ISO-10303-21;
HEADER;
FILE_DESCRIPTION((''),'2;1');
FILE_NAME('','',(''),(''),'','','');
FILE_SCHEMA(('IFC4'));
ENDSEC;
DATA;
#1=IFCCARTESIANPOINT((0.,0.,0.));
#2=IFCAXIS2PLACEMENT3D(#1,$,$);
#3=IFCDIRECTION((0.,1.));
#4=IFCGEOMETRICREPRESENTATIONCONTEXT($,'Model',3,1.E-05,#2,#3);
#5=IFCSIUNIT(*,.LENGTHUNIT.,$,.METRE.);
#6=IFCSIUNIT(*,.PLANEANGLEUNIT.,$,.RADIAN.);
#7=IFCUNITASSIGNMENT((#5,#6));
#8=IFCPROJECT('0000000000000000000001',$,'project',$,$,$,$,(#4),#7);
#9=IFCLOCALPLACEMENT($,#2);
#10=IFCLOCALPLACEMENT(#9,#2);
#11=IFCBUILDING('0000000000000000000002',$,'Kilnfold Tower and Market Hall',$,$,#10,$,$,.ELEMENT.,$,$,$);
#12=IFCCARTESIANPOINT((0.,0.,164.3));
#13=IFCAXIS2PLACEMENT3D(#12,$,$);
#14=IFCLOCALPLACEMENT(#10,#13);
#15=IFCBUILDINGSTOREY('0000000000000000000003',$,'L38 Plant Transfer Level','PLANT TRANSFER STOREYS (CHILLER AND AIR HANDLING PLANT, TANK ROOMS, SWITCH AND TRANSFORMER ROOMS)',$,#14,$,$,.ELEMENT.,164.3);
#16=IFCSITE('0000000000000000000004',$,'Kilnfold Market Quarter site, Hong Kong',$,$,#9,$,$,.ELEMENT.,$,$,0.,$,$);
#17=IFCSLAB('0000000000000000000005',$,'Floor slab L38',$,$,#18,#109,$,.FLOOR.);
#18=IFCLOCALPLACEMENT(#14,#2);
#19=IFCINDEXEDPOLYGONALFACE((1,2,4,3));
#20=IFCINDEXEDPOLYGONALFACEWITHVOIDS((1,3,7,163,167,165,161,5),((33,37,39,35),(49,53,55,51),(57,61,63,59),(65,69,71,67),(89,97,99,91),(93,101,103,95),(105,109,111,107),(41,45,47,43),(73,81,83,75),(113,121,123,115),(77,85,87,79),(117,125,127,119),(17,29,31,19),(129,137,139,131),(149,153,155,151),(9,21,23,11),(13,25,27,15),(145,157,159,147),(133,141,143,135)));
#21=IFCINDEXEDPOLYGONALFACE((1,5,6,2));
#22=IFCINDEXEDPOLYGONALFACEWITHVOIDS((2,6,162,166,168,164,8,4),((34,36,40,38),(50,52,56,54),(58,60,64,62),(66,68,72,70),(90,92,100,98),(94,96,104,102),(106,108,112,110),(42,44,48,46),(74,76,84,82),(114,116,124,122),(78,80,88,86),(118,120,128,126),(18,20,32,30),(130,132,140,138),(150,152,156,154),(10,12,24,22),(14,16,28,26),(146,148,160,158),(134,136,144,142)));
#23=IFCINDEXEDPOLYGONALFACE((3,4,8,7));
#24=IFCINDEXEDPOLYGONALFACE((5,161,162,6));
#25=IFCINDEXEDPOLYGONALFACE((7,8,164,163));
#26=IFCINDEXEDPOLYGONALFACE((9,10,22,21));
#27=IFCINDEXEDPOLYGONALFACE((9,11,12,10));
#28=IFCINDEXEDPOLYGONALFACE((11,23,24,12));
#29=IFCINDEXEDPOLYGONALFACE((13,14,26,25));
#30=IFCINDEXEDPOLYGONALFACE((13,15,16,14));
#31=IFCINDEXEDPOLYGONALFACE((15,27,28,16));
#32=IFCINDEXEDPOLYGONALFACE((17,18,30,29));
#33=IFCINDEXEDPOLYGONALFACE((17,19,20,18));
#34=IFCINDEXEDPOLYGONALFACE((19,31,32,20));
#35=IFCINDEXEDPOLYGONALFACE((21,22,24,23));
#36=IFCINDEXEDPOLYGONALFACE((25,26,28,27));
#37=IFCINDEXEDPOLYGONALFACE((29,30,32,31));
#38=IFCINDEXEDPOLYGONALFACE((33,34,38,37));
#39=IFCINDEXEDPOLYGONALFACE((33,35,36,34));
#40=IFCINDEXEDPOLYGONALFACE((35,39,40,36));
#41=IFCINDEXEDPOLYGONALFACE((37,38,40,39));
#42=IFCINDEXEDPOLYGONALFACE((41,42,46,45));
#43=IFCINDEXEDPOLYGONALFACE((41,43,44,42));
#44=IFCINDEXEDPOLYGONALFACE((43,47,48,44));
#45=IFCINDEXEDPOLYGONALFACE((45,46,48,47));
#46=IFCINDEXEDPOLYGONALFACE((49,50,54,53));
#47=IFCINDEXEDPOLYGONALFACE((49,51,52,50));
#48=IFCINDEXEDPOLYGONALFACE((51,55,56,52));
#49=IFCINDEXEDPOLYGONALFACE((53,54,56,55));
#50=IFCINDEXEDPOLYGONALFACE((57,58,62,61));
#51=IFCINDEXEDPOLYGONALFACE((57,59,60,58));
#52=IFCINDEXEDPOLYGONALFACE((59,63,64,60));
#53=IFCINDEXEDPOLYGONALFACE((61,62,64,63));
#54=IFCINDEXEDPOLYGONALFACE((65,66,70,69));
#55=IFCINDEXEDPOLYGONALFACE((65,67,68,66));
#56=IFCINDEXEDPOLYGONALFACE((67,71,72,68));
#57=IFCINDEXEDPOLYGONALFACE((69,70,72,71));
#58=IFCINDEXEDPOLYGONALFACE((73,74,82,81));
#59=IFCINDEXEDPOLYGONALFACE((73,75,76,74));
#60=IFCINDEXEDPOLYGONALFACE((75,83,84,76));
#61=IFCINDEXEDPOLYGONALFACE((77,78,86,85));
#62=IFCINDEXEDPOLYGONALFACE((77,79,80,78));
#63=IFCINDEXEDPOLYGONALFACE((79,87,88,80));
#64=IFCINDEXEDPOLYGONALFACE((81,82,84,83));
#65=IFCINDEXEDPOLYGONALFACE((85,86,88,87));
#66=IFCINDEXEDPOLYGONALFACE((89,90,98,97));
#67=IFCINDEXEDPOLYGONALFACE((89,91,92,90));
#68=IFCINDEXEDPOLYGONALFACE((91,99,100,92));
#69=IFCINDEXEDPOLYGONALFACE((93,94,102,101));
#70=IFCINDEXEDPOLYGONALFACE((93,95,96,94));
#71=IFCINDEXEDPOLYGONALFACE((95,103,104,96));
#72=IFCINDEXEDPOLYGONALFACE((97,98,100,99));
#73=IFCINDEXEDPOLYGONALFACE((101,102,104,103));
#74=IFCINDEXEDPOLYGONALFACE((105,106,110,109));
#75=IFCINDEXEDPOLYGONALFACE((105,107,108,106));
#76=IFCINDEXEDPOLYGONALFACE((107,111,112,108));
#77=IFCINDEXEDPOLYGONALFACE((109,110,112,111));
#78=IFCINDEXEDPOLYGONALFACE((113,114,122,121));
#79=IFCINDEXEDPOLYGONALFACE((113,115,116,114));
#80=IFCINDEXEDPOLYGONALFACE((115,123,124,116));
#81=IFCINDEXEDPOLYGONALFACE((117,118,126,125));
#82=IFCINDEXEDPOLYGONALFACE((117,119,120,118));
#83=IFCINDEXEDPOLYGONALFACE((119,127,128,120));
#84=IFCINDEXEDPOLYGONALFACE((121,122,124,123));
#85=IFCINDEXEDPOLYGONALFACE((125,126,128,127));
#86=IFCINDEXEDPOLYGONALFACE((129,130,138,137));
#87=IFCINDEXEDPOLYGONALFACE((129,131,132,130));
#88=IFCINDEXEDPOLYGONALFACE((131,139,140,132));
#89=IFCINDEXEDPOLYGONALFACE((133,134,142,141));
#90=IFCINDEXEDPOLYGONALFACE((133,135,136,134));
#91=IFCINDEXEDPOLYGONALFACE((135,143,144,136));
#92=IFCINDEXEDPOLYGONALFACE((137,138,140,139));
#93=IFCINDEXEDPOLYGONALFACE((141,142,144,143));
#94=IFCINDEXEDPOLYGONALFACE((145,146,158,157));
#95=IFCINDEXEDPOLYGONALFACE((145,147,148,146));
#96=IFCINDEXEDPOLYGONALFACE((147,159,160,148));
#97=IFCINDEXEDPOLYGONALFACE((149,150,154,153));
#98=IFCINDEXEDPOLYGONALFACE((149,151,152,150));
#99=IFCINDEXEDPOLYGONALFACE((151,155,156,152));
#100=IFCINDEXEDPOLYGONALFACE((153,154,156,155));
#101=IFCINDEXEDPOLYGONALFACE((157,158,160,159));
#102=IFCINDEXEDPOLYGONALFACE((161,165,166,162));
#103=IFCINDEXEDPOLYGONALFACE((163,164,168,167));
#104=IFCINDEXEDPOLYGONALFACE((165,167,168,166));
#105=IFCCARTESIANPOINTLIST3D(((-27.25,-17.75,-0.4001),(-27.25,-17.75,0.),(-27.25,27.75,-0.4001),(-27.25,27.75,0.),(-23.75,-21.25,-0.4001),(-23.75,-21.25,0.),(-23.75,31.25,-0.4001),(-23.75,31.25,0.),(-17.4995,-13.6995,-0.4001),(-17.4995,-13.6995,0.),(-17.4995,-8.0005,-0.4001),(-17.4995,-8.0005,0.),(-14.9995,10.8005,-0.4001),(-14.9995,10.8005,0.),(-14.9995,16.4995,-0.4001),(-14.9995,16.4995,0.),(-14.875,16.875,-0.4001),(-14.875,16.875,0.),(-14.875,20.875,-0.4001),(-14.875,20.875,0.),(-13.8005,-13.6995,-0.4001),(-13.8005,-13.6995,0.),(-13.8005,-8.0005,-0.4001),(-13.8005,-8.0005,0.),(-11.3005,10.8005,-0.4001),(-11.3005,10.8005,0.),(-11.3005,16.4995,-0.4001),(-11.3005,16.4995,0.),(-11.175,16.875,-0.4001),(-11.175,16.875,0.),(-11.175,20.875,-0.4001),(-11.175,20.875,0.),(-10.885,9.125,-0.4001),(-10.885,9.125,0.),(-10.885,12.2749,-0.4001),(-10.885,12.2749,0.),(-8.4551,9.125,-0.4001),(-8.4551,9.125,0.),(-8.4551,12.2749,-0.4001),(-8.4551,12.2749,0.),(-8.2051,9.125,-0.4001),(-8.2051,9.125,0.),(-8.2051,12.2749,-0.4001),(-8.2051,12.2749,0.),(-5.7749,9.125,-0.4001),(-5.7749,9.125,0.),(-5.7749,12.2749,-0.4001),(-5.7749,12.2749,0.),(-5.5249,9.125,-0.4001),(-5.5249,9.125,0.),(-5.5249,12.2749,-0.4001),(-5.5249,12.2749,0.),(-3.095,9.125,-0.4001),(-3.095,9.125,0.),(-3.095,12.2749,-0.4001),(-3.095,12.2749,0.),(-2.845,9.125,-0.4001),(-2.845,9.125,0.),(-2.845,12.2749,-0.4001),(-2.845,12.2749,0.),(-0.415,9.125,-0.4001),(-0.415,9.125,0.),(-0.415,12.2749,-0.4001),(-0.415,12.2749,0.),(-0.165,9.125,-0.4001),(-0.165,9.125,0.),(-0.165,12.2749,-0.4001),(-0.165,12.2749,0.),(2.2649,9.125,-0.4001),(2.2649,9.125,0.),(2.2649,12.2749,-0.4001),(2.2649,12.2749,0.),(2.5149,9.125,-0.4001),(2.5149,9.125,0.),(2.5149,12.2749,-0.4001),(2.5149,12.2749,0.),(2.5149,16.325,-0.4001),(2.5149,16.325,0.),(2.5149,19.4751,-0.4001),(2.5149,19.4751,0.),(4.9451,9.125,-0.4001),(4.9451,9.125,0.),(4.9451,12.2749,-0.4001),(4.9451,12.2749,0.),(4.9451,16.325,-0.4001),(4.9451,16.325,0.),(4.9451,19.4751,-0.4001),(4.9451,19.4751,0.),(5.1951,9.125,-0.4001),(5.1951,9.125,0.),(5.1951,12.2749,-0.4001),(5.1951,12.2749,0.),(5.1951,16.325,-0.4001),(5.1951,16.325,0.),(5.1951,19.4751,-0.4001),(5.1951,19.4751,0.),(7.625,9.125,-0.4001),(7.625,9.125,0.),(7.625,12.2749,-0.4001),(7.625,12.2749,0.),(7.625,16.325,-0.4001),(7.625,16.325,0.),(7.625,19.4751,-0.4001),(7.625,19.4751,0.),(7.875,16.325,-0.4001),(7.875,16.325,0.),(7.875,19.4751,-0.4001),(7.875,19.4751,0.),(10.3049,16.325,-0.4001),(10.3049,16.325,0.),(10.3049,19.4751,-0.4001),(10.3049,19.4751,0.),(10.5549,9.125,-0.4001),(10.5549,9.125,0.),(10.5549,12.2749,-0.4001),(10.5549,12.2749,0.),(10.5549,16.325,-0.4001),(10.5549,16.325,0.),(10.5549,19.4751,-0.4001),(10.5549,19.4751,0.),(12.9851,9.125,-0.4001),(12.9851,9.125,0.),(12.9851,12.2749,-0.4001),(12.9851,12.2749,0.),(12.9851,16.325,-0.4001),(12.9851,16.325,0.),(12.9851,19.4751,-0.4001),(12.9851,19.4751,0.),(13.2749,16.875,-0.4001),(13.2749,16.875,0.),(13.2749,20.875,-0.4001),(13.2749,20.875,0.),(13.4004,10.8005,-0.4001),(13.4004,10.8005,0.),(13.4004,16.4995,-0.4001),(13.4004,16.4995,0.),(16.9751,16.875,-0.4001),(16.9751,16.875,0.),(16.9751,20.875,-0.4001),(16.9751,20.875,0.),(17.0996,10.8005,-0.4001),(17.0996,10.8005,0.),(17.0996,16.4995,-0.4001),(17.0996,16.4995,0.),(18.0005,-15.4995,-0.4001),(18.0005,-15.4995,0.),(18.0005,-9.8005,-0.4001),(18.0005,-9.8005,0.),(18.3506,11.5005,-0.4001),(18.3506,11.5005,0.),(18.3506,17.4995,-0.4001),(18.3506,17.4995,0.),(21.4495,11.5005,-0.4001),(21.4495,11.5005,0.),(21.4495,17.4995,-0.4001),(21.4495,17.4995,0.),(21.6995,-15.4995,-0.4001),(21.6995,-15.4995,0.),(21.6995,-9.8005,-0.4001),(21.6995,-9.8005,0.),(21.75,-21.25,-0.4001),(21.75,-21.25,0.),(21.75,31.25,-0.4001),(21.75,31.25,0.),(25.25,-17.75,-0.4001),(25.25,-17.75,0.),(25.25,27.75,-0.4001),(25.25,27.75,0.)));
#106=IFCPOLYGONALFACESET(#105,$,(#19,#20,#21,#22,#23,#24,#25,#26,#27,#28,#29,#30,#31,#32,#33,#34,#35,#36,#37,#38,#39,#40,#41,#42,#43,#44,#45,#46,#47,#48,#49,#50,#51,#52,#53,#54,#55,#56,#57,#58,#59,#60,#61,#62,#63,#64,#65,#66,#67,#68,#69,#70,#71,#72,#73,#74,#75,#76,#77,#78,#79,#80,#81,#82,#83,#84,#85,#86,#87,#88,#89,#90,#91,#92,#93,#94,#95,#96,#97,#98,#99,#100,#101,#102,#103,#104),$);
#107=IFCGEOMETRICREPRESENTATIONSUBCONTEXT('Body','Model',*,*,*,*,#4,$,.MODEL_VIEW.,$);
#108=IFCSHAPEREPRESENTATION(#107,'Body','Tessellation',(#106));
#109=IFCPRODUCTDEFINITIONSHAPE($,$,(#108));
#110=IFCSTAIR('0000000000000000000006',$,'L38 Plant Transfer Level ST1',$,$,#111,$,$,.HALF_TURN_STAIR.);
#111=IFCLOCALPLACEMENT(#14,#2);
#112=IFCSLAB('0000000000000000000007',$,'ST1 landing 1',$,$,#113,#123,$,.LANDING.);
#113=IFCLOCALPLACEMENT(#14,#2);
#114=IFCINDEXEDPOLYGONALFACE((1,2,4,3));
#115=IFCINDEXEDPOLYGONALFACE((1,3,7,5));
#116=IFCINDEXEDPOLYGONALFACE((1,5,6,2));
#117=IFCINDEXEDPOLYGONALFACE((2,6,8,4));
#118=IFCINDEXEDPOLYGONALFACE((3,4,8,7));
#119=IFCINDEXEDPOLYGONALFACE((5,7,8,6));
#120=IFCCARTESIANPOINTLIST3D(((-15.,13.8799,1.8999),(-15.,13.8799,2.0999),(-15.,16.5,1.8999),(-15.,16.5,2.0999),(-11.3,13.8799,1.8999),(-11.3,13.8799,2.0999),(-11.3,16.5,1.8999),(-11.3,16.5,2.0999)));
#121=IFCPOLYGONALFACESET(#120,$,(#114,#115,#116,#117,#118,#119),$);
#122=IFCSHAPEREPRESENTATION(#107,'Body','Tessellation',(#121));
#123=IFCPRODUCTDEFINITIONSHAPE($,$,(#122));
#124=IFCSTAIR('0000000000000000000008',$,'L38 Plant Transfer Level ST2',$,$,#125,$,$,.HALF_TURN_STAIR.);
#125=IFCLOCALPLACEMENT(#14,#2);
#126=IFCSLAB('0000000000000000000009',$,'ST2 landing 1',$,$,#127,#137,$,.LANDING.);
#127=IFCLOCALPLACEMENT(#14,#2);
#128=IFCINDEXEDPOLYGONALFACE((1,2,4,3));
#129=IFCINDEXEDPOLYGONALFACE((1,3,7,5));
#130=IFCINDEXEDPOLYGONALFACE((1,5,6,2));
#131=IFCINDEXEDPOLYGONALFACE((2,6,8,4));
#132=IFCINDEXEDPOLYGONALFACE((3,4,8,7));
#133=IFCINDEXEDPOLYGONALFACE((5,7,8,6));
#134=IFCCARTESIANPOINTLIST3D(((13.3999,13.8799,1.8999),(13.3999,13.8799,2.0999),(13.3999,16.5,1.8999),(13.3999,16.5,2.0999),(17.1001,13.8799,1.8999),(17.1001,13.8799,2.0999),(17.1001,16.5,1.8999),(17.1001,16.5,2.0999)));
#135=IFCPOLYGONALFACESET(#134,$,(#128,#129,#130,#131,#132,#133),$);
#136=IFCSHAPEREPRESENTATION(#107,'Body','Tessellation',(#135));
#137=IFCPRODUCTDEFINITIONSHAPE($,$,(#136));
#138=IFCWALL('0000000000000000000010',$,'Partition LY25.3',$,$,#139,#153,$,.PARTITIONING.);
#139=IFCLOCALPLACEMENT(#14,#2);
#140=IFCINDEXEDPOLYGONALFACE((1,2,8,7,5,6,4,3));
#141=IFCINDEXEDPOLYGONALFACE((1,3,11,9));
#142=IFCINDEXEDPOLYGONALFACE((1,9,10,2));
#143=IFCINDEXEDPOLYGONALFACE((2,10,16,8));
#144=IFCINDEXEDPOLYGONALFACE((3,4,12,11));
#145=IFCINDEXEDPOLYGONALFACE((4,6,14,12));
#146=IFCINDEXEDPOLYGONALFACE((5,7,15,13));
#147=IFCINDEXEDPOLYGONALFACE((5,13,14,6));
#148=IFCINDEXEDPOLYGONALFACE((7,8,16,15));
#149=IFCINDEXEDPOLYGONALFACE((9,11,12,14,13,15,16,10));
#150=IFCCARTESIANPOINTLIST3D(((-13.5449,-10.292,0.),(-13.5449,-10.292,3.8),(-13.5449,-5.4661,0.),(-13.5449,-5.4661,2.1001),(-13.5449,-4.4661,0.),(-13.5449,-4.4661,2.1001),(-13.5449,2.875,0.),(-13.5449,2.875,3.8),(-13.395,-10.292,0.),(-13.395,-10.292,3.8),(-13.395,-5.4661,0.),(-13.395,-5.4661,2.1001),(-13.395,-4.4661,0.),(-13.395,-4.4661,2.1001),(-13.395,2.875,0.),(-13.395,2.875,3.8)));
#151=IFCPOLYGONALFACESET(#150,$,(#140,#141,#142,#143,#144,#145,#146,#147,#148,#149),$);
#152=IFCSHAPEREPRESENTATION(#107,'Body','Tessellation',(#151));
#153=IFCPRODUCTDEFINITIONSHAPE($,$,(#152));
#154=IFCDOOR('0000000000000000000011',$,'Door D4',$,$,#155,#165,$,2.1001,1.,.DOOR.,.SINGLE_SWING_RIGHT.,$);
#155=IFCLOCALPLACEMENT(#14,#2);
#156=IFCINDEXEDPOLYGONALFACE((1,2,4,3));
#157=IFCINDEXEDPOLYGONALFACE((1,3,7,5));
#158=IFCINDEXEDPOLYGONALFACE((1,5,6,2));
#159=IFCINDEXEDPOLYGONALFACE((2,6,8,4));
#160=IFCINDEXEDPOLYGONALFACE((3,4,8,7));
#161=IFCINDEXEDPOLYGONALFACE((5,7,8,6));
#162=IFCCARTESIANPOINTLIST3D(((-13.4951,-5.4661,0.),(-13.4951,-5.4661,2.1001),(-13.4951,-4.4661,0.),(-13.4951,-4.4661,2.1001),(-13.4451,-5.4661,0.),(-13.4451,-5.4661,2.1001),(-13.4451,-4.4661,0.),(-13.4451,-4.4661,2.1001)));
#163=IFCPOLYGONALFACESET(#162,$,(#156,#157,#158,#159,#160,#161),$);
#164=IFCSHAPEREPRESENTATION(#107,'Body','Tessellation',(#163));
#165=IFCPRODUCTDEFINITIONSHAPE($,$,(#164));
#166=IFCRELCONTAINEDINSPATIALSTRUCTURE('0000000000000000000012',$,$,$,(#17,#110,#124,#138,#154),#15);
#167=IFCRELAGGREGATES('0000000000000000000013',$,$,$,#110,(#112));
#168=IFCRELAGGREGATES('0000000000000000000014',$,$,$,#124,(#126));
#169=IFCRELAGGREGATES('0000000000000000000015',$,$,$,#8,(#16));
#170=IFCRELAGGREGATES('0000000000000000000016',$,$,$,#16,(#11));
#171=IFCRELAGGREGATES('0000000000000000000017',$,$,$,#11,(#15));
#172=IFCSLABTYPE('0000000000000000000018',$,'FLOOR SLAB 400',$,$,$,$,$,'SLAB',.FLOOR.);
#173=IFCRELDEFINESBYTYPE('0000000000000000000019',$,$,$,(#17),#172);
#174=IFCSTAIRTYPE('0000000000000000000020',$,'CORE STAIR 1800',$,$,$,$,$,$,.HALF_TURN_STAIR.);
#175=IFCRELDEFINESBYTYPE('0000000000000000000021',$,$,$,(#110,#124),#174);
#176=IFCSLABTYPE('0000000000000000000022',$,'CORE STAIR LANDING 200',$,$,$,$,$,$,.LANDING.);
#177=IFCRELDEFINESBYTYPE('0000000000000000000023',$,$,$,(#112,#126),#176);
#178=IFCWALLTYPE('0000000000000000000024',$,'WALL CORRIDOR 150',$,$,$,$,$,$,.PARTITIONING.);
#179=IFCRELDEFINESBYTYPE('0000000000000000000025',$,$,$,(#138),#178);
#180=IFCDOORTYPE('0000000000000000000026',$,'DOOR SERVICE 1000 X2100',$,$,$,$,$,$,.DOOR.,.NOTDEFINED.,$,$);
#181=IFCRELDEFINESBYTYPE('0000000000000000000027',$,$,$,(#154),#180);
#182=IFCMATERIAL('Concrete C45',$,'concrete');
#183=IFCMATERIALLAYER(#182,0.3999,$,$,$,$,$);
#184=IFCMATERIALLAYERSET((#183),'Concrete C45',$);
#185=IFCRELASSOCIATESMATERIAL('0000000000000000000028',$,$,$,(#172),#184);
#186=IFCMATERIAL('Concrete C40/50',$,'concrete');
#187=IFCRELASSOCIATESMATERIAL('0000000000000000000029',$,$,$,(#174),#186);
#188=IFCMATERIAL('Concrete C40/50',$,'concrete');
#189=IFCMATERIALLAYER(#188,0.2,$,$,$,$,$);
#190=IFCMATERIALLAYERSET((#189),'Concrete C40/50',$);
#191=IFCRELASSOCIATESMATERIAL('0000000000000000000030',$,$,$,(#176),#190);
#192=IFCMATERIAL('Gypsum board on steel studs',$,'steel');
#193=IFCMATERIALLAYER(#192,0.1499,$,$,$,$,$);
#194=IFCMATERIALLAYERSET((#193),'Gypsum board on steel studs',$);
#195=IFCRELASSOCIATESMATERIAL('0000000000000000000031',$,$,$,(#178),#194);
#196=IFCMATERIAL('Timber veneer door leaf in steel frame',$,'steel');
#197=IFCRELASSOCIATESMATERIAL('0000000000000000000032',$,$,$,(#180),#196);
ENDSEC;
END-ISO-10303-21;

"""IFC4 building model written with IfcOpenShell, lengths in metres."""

from ifc_helpers import new_model, si_unit, direction, frame, frame_2d, origin, place, context, subcontext, project, spatial, polyline, rectangle, outline, extrude, source, transform, mapped, material, layer, layer_set, type_object, element, fill, aggregate, save


model = new_model("IFC4")

# Units and contexts
model_context = context("Model", 3, precision=1e-05, world=origin(), true_north=direction((0.0, 1.0)))
body_context = subcontext(model_context, "Body", "Model", "MODEL_VIEW")
ifc_project = project(units=[si_unit("LENGTHUNIT", "METRE"), si_unit("PLANEANGLEUNIT", "RADIAN")], contexts=[model_context])

# Site, building, storey
site_placement = place(None, origin())
site = spatial("IfcSite", under=ifc_project, at=site_placement, Name="Kilnfold Market Quarter site, Hong Kong", CompositionType="ELEMENT", RefElevation=0.0)
building_placement = place(site_placement, origin())
building = spatial("IfcBuilding", under=site, at=building_placement, Name="Kilnfold Tower and Market Hall", CompositionType="ELEMENT")
storey_placement = place(building_placement, frame((0.0, 0.0, 164.3)))
storey = spatial("IfcBuildingStorey", under=building, at=storey_placement, Name="L38 Plant Transfer Level", Description="PLANT TRANSFER STOREYS (CHILLER AND AIR HANDLING PLANT, TANK ROOMS, SWITCH AND TRANSFORMER ROOMS)", CompositionType="ELEMENT", Elevation=164.3)

# Slab
ifc_material_1 = material(Name="Concrete C45", Category="concrete")
ifc_layer_1 = layer(ifc_material_1, 0.3999)
ifc_layer_set_1 = layer_set([ifc_layer_1], Name="Concrete C45")
slab_type_1 = type_object("IfcSlabType", Name="FLOOR SLAB 400", ElementType="SLAB", PredefinedType="FLOOR", material=ifc_layer_set_1)
shared_shape_1 = source(origin(), body_context, "Body", "SweptSolid", [
    extrude(outline(polyline([(-23.75, -21.25), (21.75, -21.25), (25.25, -17.75), (25.25, 27.75), (21.75, 31.25), (-23.75, 31.25), (-27.25, 27.75), (-27.25, -17.75), (-23.75, -21.25)]), holes=[polyline([(-13.8005, -13.6995), (-17.4995, -13.6995), (-17.4995, -8.0005), (-13.8005, -8.0005), (-13.8005, -13.6995)]), polyline([(-14.9995, 10.8005), (-14.9995, 16.4995), (-11.3005, 16.4995), (-11.3005, 10.8005), (-14.9995, 10.8005)]), polyline([(-11.175, 16.875), (-14.875, 16.875), (-14.875, 20.875), (-11.175, 20.875), (-11.175, 16.875)]), polyline([(-8.4551, 9.125), (-10.885, 9.125), (-10.885, 12.2749), (-8.4551, 12.2749), (-8.4551, 9.125)]), polyline([(-5.7749, 9.125), (-8.2051, 9.125), (-8.2051, 12.2749), (-5.7749, 12.2749), (-5.7749, 9.125)]), polyline([(-3.095, 9.125), (-5.5249, 9.125), (-5.5249, 12.2749), (-3.095, 12.2749), (-3.095, 9.125)]), polyline([(-0.415, 9.125), (-2.845, 9.125), (-2.845, 12.2749), (-0.415, 12.2749), (-0.415, 9.125)]), polyline([(2.2649, 9.125), (-0.165, 9.125), (-0.165, 12.2749), (2.2649, 12.2749), (2.2649, 9.125)]), polyline([(4.9451, 9.125), (2.5149, 9.125), (2.5149, 12.2749), (4.9451, 12.2749), (4.9451, 9.125)]), polyline([(2.5149, 16.325), (2.5149, 19.4751), (4.9451, 19.4751), (4.9451, 16.325), (2.5149, 16.325)]), polyline([(7.625, 9.125), (5.1951, 9.125), (5.1951, 12.2749), (7.625, 12.2749), (7.625, 9.125)]), polyline([(7.625, 16.325), (5.1951, 16.325), (5.1951, 19.4751), (7.625, 19.4751), (7.625, 16.325)]), polyline([(10.3049, 16.325), (7.875, 16.325), (7.875, 19.4751), (10.3049, 19.4751), (10.3049, 16.325)]), polyline([(10.5549, 9.125), (10.5549, 12.2749), (12.9851, 12.2749), (12.9851, 9.125), (10.5549, 9.125)]), polyline([(10.5549, 16.325), (10.5549, 19.4751), (12.9851, 19.4751), (12.9851, 16.325), (10.5549, 16.325)]), polyline([(13.2749, 16.875), (13.2749, 20.875), (16.9751, 20.875), (16.9751, 16.875), (13.2749, 16.875)]), polyline([(13.4004, 10.8005), (13.4004, 16.4995), (17.0996, 16.4995), (17.0996, 10.8005), (13.4004, 10.8005)]), polyline([(18.0005, -9.8005), (21.6995, -9.8005), (21.6995, -15.4995), (18.0005, -15.4995), (18.0005, -9.8005)]), polyline([(21.4495, 11.5005), (18.3506, 11.5005), (18.3506, 17.4995), (21.4495, 17.4995), (21.4495, 11.5005)])]), origin(), (0.0, 0.0, 1.0), 0.4001),
])
slab_1_placement = place(storey_placement, frame((0.0, 0.0, -0.4001)))
element("IfcSlab", 1, at=slab_1_placement, inside=storey, type_object=slab_type_1, Name="Floor slab L38", PredefinedType="FLOOR", context=body_context, shape_type="MappedRepresentation", body=[
    mapped(shared_shape_1, transform((0.0, 0.0, 0.0))),
])

# Stairs, slabs
ifc_material_2 = material(Name="Concrete C40/50", Category="concrete")
stair_type = type_object("IfcStairType", Name="CORE STAIR 1800", PredefinedType="HALF_TURN_STAIR", material=ifc_material_2)
stair_1_placement = place(storey_placement, origin())
stair_1 = element("IfcStair", 2, at=stair_1_placement, inside=storey, type_object=stair_type, Name="L38 Plant Transfer Level ST1", PredefinedType="HALF_TURN_STAIR")
ifc_material_3 = material(Name="Concrete C40/50", Category="concrete")
ifc_layer_2 = layer(ifc_material_3, 0.2)
ifc_layer_set_2 = layer_set([ifc_layer_2], Name="Concrete C40/50")
slab_type_2 = type_object("IfcSlabType", Name="CORE STAIR LANDING 200", PredefinedType="LANDING", material=ifc_layer_set_2)
shared_shape_2 = source(origin(), body_context, "Body", "SweptSolid", [
    extrude(outline(polyline([(-11.3, 13.8799), (-11.3, 16.5), (-15.0, 16.5), (-15.0, 13.8799), (-11.3, 13.8799)])), origin(), (0.0, 0.0, 1.0), 0.2),
])
slab_2_placement = place(storey_placement, frame((0.0, 0.0, 1.8999)))
slab_2 = element("IfcSlab", 3, at=slab_2_placement, type_object=slab_type_2, Name="ST1 landing 1", PredefinedType="LANDING", context=body_context, shape_type="MappedRepresentation", body=[
    mapped(shared_shape_2, transform((0.0, 0.0, 0.0))),
])
aggregate(stair_1, [slab_2])
stair_2_placement = place(storey_placement, origin())
stair_2 = element("IfcStair", 4, at=stair_2_placement, inside=storey, type_object=stair_type, Name="L38 Plant Transfer Level ST2", PredefinedType="HALF_TURN_STAIR")
shared_shape_3 = source(origin(), body_context, "Body", "SweptSolid", [
    extrude(outline(polyline([(17.1001, 13.8799), (17.1001, 16.5), (13.3999, 16.5), (13.3999, 13.8799), (17.1001, 13.8799)])), origin(), (0.0, 0.0, 1.0), 0.2),
])
slab_3_placement = place(storey_placement, frame((0.0, 0.0, 1.8999)))
slab_3 = element("IfcSlab", 5, at=slab_3_placement, type_object=slab_type_2, Name="ST2 landing 1", PredefinedType="LANDING", context=body_context, shape_type="MappedRepresentation", body=[
    mapped(shared_shape_3, transform((0.0, 0.0, 0.0))),
])
aggregate(stair_2, [slab_3])

# Wall, opening, door
ifc_material_4 = material(Name="Gypsum board on steel studs", Category="steel")
ifc_layer_3 = layer(ifc_material_4, 0.1499)
ifc_layer_set_3 = layer_set([ifc_layer_3], Name="Gypsum board on steel studs")
wall_type_1 = type_object("IfcWallType", Name="WALL CORRIDOR 150", PredefinedType="PARTITIONING", material=ifc_layer_set_3)
wall_1_placement = place(storey_placement, frame((-13.47, 2.875, 0.0), z_axis=(0.0, 0.0, 1.0), x_axis=(0.0, -1.0, 0.0)))
wall_1 = element("IfcWall", 6, at=wall_1_placement, inside=storey, type_object=wall_type_1, Name="Partition LY25.3", PredefinedType="PARTITIONING", context=body_context, shape_type="SweptSolid", body=[
    extrude(rectangle(XDim=13.167, YDim=0.1499, at=frame_2d((6.5835, 0.0))), origin(), (0.0, 0.0, 1.0), 3.8),
])
opening_1_placement = place(wall_1_placement, frame((7.3411, 0.0, 0.0)))
opening_1 = element("IfcOpeningElement", 7, at=opening_1_placement, cuts=wall_1, PredefinedType="OPENING", context=body_context, shape_type="SweptSolid", body=[
    extrude(rectangle(XDim=1.0, YDim=2.1001, at=frame_2d((0.5, 1.05))), frame((0.0, 0.085, 0.0), z_axis=(0.0, -1.0, 0.0), x_axis=(1.0, 0.0, 0.0)), (0.0, 0.0, 1.0), 0.1699),
])
ifc_material_5 = material(Name="Timber veneer door leaf in steel frame", Category="steel")
door_type = type_object("IfcDoorType", Name="DOOR SERVICE 1000 X2100", OperationType="NOTDEFINED", PredefinedType="DOOR", material=ifc_material_5)
door_1_placement = place(opening_1_placement, origin())
door_1 = element("IfcDoor", 8, at=door_1_placement, inside=storey, type_object=door_type, Name="Door D4", OperationType="SINGLE_SWING_RIGHT", OverallHeight=2.1001, OverallWidth=1.0, PredefinedType="DOOR", context=body_context, shape_type="SweptSolid", body=[
    extrude(rectangle(XDim=1.0, YDim=2.1001, at=frame_2d((0.5, 1.05))), frame((0.0, 0.0249, 0.0), z_axis=(0.0, -1.0, 0.0), x_axis=(1.0, 0.0, 0.0)), (0.0, 0.0, 1.0), 0.05),
])
fill(opening_1, door_1)

save(model, "model.ifc")
